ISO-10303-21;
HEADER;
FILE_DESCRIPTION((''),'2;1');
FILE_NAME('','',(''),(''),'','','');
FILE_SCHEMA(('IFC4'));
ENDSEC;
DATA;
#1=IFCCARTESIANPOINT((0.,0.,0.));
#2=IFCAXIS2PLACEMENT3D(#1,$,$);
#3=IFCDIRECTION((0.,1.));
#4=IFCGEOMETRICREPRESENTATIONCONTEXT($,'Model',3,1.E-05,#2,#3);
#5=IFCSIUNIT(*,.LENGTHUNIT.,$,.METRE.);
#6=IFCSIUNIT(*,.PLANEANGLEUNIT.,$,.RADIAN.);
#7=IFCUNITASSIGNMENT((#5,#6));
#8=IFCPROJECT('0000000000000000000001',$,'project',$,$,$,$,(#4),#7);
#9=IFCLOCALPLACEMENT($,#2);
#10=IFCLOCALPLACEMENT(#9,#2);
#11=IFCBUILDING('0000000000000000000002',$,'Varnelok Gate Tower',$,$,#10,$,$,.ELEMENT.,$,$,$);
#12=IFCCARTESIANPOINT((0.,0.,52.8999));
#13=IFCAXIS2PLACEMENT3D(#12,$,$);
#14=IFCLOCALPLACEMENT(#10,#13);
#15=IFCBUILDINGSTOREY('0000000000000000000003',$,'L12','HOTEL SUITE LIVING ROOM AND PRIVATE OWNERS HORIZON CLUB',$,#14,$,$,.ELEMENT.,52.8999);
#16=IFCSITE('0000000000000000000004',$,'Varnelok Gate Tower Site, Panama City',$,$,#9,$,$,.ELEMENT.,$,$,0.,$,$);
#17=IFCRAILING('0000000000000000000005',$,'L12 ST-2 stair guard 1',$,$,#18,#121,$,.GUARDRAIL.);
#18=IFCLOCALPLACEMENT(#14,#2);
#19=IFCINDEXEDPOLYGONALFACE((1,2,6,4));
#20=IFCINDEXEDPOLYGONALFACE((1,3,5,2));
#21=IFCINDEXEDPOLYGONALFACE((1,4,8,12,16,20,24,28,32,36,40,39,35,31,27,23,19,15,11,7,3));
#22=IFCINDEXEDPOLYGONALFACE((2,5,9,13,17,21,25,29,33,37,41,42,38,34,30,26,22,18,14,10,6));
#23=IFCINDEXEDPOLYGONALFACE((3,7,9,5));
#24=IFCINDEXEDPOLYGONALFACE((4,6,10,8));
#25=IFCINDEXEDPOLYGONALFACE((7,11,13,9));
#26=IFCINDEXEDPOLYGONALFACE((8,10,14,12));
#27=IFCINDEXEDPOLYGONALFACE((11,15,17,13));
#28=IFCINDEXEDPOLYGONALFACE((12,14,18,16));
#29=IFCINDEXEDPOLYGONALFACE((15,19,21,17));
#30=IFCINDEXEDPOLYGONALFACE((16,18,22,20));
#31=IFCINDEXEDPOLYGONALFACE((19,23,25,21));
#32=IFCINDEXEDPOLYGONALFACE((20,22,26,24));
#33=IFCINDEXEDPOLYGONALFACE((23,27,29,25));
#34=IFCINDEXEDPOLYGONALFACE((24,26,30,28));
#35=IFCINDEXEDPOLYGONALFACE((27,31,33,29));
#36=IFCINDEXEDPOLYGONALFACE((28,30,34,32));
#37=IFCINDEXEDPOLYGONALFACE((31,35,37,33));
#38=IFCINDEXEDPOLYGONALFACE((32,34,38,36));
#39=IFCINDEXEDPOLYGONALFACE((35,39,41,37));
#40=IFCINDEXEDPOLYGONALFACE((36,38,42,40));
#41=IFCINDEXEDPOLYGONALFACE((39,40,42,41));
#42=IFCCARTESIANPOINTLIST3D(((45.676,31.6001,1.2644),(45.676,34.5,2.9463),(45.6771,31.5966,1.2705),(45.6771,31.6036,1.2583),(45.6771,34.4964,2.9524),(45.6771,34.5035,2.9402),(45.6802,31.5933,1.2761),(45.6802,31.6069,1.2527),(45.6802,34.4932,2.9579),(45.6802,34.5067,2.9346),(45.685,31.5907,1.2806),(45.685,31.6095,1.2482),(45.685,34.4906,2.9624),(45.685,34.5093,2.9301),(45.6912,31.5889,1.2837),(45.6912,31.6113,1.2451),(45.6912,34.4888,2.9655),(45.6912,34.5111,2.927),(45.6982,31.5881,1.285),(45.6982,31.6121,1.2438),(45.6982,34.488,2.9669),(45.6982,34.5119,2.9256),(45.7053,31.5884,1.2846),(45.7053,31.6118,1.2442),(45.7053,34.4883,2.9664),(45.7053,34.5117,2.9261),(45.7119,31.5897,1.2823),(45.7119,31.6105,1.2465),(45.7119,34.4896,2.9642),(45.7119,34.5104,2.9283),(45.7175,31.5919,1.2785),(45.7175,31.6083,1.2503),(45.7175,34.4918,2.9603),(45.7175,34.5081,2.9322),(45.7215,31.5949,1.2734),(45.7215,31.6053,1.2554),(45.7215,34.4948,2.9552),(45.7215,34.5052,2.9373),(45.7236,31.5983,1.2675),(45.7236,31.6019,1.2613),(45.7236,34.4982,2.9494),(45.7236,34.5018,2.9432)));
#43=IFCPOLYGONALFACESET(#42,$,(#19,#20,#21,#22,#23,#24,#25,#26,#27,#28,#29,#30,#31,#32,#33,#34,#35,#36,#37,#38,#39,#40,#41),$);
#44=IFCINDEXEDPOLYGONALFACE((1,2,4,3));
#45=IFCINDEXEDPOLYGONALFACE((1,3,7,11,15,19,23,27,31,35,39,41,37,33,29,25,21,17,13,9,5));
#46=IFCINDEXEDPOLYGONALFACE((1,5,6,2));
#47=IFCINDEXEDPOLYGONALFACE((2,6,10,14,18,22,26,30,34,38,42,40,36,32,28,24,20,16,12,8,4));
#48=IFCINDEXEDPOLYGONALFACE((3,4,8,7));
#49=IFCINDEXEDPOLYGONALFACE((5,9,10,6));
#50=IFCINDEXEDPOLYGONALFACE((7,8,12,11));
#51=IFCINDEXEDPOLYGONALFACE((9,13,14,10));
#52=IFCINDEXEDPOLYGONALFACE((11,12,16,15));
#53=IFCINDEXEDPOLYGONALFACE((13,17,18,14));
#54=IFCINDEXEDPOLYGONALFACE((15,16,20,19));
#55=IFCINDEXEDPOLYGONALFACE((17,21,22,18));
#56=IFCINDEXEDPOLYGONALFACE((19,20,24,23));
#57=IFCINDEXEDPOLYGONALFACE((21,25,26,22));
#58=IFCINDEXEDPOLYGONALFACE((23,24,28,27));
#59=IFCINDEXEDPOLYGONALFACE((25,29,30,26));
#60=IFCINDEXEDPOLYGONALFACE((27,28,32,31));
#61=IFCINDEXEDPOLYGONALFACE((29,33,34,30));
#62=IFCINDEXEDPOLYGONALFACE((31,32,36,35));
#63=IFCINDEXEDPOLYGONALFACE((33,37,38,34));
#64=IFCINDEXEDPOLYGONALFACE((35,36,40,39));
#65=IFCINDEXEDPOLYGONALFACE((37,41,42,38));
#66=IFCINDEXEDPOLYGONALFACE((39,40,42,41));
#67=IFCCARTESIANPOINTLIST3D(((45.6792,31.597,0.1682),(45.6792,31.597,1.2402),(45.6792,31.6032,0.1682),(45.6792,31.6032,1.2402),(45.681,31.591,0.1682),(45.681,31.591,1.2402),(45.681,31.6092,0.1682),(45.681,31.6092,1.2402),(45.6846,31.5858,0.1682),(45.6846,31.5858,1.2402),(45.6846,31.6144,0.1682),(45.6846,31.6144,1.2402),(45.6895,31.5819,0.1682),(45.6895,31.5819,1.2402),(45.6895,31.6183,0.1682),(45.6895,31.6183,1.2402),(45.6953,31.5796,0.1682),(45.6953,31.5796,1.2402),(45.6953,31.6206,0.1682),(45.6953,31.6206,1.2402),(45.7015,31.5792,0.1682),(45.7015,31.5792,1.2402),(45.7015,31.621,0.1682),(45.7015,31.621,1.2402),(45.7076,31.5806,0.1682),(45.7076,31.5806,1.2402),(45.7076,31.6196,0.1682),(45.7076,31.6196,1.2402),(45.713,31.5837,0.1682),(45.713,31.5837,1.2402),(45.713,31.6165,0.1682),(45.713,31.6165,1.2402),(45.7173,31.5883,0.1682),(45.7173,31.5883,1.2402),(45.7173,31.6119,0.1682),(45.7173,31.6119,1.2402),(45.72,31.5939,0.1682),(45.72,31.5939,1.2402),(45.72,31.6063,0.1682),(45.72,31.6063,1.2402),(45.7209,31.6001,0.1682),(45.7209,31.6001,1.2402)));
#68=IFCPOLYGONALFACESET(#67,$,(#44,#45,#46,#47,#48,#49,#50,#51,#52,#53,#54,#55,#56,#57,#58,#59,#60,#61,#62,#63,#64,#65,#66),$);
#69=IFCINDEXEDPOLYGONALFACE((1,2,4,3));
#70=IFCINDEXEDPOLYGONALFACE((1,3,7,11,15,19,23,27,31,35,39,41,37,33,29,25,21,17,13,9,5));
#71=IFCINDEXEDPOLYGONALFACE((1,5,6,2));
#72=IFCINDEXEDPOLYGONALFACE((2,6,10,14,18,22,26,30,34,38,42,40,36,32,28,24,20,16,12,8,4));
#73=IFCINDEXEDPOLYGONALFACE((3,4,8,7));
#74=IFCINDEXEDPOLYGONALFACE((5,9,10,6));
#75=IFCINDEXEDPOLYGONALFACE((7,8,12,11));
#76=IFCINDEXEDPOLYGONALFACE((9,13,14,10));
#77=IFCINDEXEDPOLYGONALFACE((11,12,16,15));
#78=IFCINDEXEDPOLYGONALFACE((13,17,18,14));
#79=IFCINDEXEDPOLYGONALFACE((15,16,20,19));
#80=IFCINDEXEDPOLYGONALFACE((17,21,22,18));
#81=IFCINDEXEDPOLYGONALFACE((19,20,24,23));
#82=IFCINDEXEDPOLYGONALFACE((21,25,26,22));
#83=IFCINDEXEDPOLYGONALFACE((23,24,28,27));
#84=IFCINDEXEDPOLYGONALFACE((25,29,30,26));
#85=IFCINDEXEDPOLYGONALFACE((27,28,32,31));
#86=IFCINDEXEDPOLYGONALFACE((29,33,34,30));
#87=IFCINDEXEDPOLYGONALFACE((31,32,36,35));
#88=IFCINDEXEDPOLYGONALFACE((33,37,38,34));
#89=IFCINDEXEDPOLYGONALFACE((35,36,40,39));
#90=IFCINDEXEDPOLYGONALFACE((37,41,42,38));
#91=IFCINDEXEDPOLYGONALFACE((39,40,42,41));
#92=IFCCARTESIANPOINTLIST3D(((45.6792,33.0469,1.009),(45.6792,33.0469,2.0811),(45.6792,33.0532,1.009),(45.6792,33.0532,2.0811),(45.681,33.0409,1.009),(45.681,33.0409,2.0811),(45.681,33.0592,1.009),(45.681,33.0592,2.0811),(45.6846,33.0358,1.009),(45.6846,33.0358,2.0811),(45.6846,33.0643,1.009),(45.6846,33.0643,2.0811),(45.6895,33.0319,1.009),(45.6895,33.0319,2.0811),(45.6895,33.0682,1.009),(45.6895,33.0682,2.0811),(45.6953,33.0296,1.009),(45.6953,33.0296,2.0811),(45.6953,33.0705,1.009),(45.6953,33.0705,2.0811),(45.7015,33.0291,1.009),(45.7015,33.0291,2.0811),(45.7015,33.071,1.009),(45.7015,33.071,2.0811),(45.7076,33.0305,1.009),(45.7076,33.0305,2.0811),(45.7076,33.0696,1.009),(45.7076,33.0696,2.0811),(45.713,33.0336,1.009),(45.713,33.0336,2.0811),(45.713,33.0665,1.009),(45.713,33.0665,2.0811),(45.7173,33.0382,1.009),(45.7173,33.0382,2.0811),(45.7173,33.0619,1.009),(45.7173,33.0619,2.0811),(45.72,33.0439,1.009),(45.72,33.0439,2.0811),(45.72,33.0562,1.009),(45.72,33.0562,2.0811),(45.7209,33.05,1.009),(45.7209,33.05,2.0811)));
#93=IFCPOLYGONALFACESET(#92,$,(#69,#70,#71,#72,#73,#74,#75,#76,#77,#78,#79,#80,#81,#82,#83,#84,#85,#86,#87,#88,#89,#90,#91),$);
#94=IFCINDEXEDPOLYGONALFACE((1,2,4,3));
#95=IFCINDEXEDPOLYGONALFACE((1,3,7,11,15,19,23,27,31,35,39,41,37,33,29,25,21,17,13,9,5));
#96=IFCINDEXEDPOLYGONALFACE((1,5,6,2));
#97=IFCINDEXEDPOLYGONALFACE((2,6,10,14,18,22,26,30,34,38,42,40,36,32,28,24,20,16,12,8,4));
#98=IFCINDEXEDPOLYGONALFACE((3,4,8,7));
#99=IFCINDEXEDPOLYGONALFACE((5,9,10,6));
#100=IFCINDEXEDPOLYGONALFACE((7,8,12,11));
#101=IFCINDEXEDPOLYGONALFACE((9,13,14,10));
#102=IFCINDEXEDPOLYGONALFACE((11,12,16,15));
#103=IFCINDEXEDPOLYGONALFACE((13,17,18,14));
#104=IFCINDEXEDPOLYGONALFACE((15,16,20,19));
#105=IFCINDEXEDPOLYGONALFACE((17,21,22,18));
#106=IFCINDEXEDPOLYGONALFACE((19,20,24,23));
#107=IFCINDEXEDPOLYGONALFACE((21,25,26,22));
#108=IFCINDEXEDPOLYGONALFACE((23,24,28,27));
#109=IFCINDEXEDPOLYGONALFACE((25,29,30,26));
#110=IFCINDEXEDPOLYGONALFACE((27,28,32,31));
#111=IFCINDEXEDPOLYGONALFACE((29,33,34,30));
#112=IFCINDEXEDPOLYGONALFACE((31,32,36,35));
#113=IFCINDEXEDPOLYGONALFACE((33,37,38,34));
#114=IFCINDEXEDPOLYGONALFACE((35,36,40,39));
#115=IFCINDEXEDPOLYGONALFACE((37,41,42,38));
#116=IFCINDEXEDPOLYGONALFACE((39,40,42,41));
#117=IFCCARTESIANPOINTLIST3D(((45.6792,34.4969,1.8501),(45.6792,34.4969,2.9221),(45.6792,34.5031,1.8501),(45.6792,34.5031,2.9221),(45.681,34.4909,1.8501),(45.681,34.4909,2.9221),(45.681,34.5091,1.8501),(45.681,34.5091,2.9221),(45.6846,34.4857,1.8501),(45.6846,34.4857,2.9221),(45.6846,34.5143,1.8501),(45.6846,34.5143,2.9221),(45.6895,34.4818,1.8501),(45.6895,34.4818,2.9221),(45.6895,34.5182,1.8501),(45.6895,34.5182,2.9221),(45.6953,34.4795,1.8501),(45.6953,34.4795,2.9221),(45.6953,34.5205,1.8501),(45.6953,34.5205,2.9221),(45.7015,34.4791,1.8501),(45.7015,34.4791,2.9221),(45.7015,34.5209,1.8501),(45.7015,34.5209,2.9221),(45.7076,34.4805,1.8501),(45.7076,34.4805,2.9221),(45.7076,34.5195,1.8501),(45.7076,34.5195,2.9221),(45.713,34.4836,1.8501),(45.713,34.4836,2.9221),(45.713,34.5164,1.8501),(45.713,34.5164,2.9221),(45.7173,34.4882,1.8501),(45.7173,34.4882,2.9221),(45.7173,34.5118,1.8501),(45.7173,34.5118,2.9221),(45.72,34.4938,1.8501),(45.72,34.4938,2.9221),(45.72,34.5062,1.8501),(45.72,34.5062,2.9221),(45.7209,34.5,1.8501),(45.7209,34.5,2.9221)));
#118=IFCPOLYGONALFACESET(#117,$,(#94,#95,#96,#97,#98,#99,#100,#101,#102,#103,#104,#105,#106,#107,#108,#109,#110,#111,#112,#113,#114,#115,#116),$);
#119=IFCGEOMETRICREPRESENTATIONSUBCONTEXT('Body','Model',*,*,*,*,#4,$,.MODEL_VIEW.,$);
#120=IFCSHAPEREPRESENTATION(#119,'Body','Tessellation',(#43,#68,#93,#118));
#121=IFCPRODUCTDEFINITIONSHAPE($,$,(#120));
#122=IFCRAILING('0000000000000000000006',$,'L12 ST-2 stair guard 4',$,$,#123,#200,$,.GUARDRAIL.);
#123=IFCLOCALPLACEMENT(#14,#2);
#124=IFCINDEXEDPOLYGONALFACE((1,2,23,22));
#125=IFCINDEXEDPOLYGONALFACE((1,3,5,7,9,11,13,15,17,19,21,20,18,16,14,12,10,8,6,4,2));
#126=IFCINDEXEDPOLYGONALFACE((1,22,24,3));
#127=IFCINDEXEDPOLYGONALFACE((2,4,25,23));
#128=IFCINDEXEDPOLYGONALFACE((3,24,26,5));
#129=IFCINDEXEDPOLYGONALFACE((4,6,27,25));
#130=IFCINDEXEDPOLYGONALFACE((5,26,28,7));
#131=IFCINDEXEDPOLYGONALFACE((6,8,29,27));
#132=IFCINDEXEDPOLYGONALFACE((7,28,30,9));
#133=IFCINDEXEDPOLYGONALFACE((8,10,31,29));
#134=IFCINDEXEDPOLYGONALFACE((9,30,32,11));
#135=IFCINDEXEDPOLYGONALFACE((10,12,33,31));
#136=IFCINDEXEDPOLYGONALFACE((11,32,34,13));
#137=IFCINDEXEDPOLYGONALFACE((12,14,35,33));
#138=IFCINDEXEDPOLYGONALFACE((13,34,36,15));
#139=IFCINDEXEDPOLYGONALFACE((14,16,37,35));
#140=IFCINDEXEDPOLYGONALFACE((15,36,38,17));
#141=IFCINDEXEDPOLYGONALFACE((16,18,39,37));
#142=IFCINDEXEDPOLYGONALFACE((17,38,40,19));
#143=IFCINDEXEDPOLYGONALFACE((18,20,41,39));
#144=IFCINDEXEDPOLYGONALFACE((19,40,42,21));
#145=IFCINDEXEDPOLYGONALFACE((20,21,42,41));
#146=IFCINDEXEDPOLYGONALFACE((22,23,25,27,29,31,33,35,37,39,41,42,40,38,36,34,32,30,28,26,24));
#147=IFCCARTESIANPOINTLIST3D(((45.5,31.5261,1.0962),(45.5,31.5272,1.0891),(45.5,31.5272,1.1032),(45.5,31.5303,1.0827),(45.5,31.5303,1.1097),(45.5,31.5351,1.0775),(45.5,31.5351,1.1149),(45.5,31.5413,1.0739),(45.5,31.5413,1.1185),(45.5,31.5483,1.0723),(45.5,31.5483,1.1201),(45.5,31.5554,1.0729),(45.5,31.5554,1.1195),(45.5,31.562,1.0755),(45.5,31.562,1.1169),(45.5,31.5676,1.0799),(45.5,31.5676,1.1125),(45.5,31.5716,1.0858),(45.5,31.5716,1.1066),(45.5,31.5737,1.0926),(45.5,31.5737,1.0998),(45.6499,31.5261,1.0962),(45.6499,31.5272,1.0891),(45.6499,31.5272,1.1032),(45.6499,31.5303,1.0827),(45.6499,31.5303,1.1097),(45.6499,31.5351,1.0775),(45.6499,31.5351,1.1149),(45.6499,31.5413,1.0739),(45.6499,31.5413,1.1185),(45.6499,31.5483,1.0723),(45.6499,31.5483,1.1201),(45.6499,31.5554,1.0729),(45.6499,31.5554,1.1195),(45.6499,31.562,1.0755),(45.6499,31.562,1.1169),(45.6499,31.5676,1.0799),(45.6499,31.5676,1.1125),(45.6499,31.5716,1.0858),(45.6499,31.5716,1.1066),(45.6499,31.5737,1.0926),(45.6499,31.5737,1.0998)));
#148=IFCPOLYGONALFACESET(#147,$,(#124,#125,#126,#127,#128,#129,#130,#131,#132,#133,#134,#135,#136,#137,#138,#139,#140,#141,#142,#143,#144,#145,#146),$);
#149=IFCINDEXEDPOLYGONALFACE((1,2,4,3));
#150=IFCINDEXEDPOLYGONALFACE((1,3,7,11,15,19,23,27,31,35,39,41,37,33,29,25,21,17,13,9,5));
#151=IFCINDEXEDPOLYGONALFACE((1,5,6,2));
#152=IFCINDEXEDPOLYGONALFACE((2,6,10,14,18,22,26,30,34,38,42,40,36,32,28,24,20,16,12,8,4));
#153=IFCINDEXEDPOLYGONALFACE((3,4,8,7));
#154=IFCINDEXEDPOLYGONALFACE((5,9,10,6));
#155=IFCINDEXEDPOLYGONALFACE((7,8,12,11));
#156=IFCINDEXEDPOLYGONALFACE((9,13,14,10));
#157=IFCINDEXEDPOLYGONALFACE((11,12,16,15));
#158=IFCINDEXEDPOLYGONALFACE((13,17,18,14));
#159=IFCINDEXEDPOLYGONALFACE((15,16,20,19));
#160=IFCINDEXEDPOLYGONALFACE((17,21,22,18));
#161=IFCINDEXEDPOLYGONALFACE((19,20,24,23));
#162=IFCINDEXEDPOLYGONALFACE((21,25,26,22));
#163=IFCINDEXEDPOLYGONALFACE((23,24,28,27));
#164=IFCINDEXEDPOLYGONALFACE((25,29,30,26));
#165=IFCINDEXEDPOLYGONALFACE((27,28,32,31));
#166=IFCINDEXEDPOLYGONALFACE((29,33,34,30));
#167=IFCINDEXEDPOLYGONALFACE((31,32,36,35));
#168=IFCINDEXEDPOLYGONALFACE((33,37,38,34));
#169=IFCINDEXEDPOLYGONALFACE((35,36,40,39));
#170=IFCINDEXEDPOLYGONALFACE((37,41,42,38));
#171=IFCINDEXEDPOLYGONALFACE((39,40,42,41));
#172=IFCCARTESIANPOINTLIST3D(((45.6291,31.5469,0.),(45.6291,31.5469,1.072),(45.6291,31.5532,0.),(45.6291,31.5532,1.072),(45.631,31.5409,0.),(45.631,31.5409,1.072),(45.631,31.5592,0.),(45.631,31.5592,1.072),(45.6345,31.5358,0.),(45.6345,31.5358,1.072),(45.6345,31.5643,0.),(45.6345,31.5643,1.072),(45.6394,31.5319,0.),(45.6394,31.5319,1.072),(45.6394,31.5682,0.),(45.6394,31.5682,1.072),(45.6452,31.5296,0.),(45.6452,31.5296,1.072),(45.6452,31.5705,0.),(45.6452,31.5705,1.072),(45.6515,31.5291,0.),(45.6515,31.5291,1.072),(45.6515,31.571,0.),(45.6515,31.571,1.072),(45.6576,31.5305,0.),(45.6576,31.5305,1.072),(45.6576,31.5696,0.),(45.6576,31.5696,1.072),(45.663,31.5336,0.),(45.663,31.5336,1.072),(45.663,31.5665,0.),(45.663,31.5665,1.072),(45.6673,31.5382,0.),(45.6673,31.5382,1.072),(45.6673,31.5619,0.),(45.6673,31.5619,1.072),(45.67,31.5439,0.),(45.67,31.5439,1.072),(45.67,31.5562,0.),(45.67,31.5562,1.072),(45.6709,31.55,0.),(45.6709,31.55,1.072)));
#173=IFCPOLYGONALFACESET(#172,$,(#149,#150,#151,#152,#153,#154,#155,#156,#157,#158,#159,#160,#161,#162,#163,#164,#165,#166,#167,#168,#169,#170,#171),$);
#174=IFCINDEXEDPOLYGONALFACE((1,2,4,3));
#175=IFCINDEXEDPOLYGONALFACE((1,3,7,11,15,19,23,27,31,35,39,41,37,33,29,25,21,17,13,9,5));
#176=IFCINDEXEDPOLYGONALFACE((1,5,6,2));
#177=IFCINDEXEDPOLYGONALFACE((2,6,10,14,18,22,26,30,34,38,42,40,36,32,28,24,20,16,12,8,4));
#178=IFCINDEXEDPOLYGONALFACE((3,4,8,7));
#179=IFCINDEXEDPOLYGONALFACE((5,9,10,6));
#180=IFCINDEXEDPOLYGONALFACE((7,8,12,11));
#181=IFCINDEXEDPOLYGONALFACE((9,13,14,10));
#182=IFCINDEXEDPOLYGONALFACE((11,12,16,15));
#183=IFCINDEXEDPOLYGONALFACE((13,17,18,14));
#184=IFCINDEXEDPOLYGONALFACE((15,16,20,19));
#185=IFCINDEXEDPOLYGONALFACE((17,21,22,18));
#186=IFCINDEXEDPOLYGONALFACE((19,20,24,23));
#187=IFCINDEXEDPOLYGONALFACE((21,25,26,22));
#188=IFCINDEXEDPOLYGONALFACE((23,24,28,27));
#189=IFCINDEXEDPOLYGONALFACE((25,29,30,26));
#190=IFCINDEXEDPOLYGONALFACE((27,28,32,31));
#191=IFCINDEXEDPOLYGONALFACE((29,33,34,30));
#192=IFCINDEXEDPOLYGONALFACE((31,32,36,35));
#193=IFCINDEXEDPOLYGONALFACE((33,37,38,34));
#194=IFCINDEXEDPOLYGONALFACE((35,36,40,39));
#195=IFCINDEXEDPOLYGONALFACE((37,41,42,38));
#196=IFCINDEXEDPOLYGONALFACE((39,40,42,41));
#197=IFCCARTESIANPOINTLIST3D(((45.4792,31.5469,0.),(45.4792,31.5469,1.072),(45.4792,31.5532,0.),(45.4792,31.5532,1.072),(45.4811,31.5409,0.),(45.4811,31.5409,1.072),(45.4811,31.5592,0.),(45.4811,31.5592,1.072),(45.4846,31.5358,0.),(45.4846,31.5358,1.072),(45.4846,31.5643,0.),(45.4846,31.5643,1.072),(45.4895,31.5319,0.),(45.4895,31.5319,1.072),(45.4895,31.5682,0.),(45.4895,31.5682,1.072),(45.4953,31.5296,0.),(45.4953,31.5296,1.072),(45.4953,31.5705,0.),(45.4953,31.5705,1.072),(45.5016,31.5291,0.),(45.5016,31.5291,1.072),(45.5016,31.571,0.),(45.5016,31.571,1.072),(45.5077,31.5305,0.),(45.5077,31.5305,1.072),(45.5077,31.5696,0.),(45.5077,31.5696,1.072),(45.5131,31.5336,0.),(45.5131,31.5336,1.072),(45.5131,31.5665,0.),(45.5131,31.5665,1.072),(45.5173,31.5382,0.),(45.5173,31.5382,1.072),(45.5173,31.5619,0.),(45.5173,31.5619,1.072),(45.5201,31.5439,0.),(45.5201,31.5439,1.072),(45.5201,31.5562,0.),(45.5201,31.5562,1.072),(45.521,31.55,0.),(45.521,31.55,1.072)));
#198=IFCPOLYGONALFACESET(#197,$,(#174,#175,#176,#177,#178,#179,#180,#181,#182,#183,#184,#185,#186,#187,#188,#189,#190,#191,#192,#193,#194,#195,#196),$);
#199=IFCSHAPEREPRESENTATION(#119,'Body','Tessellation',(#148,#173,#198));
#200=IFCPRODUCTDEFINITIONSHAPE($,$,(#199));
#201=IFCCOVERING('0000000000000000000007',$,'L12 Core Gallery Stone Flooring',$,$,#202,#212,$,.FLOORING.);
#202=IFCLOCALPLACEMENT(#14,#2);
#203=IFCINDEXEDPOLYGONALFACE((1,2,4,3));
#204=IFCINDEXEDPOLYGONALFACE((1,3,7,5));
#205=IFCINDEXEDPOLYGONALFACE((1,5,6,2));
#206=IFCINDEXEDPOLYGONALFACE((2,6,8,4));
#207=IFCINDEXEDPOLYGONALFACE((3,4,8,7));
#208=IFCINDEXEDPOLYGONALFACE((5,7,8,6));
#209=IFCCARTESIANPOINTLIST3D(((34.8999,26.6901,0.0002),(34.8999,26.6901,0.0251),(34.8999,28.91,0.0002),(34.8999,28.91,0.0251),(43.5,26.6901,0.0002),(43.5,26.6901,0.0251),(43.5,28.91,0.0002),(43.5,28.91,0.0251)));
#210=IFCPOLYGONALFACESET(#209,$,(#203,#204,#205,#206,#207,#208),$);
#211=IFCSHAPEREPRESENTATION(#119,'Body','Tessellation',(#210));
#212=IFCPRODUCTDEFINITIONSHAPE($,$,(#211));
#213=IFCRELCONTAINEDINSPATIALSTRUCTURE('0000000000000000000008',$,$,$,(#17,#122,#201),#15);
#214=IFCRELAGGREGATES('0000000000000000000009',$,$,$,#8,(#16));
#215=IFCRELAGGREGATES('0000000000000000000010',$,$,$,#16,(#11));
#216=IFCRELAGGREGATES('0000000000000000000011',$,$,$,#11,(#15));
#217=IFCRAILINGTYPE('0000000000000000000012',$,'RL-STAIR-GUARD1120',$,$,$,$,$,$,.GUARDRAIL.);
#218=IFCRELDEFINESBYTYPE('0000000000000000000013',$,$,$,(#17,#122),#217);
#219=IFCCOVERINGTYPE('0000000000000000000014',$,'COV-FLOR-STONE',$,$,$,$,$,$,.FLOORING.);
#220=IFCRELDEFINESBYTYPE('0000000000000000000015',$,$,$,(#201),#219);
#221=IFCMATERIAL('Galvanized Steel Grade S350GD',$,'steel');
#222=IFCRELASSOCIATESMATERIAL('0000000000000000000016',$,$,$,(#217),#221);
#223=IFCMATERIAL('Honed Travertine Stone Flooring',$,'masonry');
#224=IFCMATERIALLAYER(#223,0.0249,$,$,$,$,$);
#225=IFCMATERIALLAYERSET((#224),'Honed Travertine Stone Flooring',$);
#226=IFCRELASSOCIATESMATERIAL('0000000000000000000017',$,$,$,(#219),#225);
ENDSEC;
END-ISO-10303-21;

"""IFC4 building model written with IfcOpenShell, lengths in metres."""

from ifc_helpers import new_model, si_unit, direction, frame, origin, origin_2d, place, context, subcontext, project, spatial, rectangle, circle, extrude, source, transform, mapped, material, layer, layer_set, type_object, element, save


model = new_model("IFC4")

# Units and contexts
model_context = context("Model", 3, precision=1e-05, world=origin(), true_north=direction((0.0, 1.0)))
body_context = subcontext(model_context, "Body", "Model", "MODEL_VIEW")
ifc_project = project(units=[si_unit("LENGTHUNIT", "METRE"), si_unit("PLANEANGLEUNIT", "RADIAN")], contexts=[model_context])

# Site, building, storey
site_placement = place(None, origin())
site = spatial("IfcSite", under=ifc_project, at=site_placement, Name="Varnelok Gate Tower Site, Panama City", CompositionType="ELEMENT", RefElevation=0.0)
building_placement = place(site_placement, origin())
building = spatial("IfcBuilding", under=site, at=building_placement, Name="Varnelok Gate Tower", CompositionType="ELEMENT")
storey_placement = place(building_placement, frame((0.0, 0.0, 52.8999)))
storey = spatial("IfcBuildingStorey", under=building, at=storey_placement, Name="L12", Description="HOTEL SUITE LIVING ROOM AND PRIVATE OWNERS HORIZON CLUB", CompositionType="ELEMENT", Elevation=52.8999)

# Shared definitions
ifc_material_1 = material(Name="Galvanized Steel Grade S350GD", Category="steel")

# Railings
railing_type_1 = type_object("IfcRailingType", Name="RL-STAIR-GUARD1120", PredefinedType="GUARDRAIL", material=ifc_material_1)
railing_1_placement = place(storey_placement, frame((45.7, 31.6001, 0.1682)))
element("IfcRailing", 1, at=railing_1_placement, inside=storey, type_object=railing_type_1, Name="L12 ST-2 stair guard 1", PredefinedType="GUARDRAIL", context=body_context, shape_type="SweptSolid", body=[
    extrude(circle(Radius=0.0239, at=origin_2d()), frame((0.0, 0.0, 1.0962), z_axis=(0.0, 0.865039, 0.501705), x_axis=(-1.0, 0.0, 0.0)), (0.0, 0.0, 1.0), 3.3523),
    extrude(circle(Radius=0.021, at=origin_2d()), origin(), (0.0, 0.0, 1.0), 1.072),
    extrude(circle(Radius=0.021, at=origin_2d()), frame((0.0, 1.45, 0.8408)), (0.0, 0.0, 1.0), 1.072),
    extrude(circle(Radius=0.021, at=origin_2d()), frame((0.0, 2.8999, 1.6819)), (0.0, 0.0, 1.0), 1.072),
])
railing_2_placement = place(storey_placement, frame((45.6499, 31.55, 0.0)))
element("IfcRailing", 2, at=railing_2_placement, inside=storey, type_object=railing_type_1, Name="L12 ST-2 stair guard 4", PredefinedType="GUARDRAIL", context=body_context, shape_type="SweptSolid", body=[
    extrude(circle(Radius=0.0239, at=origin_2d()), frame((0.0, 0.0, 1.0962), z_axis=(-1.0, 0.0, 0.0), x_axis=(0.0, -1.0, 0.0)), (0.0, 0.0, 1.0), 0.1499),
    extrude(circle(Radius=0.021, at=origin_2d()), origin(), (0.0, 0.0, 1.0), 1.072),
    extrude(circle(Radius=0.021, at=origin_2d()), frame((-0.1499, 0.0, 0.0)), (0.0, 0.0, 1.0), 1.072),
])

# Covering
ifc_material_2 = material(Name="Honed Travertine Stone Flooring", Category="masonry")
ifc_layer_1 = layer(ifc_material_2, 0.0249)
ifc_layer_set_1 = layer_set([ifc_layer_1], Name="Honed Travertine Stone Flooring")
covering_type_1 = type_object("IfcCoveringType", Name="COV-FLOR-STONE", PredefinedType="FLOORING", material=ifc_layer_set_1)
shared_shape_1 = source(origin(), body_context, "Body", "SweptSolid", [
    extrude(rectangle(XDim=8.6001, YDim=2.22, at=origin_2d()), origin(), (0.0, 0.0, 1.0), 0.0249),
])
covering_1_placement = place(storey_placement, frame((39.2, 27.8, 0.0002), z_axis=(0.0, 0.0, 1.0), x_axis=(1.0, 0.0, 0.0)))
element("IfcCovering", 3, at=covering_1_placement, inside=storey, type_object=covering_type_1, Name="L12 Core Gallery Stone Flooring", PredefinedType="FLOORING", context=body_context, shape_type="MappedRepresentation", body=[
    mapped(shared_shape_1, transform((0.0, 0.0, 0.0), scale=1.0)),
])

save(model, "model.ifc")
